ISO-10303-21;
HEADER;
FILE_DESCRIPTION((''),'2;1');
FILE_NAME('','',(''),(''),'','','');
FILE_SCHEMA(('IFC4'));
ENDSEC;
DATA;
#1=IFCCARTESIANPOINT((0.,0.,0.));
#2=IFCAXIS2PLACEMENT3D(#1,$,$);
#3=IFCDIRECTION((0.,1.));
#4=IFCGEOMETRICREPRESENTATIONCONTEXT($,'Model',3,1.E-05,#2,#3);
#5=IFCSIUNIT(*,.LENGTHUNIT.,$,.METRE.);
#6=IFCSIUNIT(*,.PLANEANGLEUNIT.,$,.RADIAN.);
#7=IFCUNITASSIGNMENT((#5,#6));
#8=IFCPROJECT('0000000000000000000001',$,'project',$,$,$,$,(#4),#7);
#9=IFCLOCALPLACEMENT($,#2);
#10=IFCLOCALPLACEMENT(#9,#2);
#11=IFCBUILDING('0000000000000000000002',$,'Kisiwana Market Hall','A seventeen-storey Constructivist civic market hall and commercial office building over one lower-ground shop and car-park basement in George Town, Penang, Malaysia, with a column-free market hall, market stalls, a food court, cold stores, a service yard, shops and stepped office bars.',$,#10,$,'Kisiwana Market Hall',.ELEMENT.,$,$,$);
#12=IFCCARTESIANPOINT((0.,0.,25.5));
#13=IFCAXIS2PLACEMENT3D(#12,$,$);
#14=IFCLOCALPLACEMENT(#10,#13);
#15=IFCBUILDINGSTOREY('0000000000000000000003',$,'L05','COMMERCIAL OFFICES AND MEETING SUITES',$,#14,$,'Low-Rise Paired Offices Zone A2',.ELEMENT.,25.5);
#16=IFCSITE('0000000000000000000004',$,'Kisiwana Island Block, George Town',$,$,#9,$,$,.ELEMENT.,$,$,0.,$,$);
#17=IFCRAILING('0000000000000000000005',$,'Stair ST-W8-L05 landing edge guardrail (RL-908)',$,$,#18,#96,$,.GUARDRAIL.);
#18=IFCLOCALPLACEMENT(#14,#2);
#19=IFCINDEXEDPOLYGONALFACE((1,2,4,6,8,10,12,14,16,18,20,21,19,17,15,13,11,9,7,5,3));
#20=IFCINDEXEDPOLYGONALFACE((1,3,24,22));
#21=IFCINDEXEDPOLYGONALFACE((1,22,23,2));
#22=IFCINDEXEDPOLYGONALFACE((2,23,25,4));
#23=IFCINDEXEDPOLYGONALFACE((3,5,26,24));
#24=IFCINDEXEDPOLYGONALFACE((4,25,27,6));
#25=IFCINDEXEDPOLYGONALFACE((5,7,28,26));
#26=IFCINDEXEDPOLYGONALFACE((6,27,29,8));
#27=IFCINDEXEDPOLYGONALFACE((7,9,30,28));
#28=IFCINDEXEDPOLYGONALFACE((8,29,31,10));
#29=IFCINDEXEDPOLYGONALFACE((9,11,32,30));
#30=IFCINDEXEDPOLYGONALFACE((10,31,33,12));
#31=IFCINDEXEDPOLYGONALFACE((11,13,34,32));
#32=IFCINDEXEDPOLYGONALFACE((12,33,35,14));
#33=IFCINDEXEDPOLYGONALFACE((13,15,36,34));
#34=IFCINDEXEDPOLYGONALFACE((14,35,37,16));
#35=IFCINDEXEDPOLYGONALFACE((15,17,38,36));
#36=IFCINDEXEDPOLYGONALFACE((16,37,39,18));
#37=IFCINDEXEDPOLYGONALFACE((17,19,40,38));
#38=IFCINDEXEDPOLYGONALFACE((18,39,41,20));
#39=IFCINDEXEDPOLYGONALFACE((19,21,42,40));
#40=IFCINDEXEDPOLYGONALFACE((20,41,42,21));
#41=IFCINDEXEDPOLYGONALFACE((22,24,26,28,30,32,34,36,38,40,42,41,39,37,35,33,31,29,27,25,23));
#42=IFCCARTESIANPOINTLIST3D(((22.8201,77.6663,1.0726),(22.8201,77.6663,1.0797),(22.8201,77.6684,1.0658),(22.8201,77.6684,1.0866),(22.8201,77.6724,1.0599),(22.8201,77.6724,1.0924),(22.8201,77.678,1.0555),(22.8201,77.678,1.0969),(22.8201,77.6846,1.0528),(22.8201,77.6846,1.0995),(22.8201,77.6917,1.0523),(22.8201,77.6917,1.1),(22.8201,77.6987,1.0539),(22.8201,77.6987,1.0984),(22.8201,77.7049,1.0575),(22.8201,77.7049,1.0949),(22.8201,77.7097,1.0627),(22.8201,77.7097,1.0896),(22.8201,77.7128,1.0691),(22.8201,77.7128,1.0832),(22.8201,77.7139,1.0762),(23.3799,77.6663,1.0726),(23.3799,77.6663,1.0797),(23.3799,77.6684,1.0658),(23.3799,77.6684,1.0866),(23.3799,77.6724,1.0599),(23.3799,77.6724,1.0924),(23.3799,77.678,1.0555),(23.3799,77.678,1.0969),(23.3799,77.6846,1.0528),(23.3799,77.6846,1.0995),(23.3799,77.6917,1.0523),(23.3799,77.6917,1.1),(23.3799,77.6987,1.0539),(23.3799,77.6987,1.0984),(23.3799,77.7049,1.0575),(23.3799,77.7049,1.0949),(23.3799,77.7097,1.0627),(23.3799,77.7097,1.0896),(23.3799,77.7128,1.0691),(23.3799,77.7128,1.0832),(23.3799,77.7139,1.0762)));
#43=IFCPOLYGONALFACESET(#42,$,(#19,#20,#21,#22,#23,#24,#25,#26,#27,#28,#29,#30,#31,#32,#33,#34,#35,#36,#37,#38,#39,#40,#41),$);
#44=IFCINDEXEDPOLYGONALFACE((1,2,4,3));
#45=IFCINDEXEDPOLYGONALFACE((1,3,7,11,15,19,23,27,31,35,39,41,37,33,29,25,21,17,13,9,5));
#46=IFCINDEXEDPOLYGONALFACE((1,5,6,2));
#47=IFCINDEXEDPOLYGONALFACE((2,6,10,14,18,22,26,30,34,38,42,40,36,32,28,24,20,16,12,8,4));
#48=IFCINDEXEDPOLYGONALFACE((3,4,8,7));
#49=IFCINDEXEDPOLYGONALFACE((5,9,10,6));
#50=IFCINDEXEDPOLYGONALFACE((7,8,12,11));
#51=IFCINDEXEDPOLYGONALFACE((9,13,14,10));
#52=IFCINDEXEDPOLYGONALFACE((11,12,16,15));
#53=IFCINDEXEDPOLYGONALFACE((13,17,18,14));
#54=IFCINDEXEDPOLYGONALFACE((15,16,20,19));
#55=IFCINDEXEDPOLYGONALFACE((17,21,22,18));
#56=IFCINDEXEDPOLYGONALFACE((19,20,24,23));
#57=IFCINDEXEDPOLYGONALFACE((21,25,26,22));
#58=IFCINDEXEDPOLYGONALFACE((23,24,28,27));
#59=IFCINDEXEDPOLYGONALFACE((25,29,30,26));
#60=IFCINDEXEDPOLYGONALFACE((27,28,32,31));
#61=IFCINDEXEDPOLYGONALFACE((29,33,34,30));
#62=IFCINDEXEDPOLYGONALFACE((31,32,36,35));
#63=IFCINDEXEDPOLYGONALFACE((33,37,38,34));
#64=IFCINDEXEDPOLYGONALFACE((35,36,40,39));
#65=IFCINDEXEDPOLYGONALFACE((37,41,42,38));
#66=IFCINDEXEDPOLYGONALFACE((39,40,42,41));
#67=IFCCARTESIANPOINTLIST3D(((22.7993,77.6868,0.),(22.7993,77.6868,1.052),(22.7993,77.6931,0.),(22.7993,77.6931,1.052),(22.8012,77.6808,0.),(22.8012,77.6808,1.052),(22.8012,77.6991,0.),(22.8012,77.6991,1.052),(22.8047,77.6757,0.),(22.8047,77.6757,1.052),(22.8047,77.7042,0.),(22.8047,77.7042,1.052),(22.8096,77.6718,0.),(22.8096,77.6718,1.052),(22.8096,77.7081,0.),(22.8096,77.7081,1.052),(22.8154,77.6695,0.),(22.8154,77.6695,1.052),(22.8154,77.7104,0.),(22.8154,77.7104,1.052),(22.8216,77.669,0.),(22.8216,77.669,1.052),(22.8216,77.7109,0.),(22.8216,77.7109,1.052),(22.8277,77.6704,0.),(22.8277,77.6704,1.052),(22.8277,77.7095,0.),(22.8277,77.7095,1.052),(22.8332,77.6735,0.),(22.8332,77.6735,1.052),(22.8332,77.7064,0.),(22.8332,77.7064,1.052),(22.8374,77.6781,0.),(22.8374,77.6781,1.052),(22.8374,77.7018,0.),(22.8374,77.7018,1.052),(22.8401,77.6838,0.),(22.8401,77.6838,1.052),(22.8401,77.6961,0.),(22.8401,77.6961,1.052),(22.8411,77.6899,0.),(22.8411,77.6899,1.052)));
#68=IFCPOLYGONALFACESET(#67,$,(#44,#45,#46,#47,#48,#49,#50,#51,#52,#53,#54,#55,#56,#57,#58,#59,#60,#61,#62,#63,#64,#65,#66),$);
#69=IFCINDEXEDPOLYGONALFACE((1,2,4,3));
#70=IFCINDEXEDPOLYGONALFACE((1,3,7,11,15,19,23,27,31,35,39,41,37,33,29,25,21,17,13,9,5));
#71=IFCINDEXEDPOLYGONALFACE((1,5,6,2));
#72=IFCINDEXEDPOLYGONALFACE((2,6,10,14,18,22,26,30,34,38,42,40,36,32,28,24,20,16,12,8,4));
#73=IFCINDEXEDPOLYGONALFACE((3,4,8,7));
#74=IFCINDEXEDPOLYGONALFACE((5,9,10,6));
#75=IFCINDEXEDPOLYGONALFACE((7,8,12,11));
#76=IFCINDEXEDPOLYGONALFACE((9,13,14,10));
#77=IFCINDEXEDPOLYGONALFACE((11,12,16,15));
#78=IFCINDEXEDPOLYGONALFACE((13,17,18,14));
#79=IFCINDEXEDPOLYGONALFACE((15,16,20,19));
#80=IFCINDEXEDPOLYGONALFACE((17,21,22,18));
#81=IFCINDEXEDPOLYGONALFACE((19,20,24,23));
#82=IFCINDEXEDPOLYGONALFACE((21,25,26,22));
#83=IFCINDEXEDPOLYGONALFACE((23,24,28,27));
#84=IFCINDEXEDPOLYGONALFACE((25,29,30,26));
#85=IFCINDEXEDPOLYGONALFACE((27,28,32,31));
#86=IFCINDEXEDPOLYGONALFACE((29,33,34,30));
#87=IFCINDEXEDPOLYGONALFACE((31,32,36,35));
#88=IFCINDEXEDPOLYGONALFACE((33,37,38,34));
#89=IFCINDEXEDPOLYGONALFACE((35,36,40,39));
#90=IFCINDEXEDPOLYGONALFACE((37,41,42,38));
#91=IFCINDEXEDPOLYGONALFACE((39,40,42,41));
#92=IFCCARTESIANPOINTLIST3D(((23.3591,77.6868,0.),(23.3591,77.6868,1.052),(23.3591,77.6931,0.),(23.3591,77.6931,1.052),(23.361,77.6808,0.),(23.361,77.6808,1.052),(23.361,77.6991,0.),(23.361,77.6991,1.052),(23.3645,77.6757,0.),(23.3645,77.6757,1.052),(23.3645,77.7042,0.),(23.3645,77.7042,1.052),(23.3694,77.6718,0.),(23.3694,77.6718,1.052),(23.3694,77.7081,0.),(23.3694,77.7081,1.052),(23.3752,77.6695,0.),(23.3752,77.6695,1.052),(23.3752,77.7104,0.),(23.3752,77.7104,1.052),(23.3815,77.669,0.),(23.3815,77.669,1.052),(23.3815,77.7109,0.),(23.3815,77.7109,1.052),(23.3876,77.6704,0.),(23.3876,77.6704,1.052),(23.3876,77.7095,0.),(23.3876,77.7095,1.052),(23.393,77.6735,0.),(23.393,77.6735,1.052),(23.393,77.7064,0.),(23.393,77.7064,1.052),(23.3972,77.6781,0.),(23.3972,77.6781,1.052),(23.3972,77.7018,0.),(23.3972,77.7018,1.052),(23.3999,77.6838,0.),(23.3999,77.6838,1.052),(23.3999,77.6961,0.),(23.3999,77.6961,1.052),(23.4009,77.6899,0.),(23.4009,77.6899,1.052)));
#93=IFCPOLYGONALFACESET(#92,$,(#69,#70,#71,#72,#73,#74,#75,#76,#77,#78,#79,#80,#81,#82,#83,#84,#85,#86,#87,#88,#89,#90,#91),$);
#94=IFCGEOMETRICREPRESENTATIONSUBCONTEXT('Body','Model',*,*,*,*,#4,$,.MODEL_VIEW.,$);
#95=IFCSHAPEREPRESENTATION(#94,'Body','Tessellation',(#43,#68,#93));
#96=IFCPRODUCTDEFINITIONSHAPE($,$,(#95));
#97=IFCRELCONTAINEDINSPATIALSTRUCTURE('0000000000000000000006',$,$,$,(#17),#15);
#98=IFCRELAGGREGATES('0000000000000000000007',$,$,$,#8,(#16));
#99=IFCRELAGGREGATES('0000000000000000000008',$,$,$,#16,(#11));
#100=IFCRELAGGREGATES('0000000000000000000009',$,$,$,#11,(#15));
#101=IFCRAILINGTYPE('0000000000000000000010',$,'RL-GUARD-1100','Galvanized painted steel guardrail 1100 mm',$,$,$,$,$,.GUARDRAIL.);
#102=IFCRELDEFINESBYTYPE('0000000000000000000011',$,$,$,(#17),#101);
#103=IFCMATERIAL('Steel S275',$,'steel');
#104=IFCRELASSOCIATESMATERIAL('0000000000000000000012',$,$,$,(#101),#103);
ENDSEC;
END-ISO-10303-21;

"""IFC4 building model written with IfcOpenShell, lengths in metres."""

from ifc_helpers import new_model, si_unit, direction, frame, origin, origin_2d, place, context, subcontext, project, spatial, circle, extrude, material, type_object, element, save


model = new_model("IFC4")

# Units and contexts
model_context = context("Model", 3, precision=1e-05, world=origin(), true_north=direction((0.0, 1.0)))
body_context = subcontext(model_context, "Body", "Model", "MODEL_VIEW")
ifc_project = project(units=[si_unit("LENGTHUNIT", "METRE"), si_unit("PLANEANGLEUNIT", "RADIAN")], contexts=[model_context])

# Site, building, storey
site_placement = place(None, origin())
site = spatial("IfcSite", under=ifc_project, at=site_placement, Name="Kisiwana Island Block, George Town", CompositionType="ELEMENT", RefElevation=0.0)
building_placement = place(site_placement, origin())
building = spatial("IfcBuilding", under=site, at=building_placement, Name="Kisiwana Market Hall", Description="A seventeen-storey Constructivist civic market hall and commercial office building over one lower-ground shop and car-park basement in George Town, Penang, Malaysia, with a column-free market hall, market stalls, a food court, cold stores, a service yard, shops and stepped office bars.", LongName="Kisiwana Market Hall", CompositionType="ELEMENT")
storey_placement = place(building_placement, frame((0.0, 0.0, 25.5)))
storey = spatial("IfcBuildingStorey", under=building, at=storey_placement, Name="L05", Description="COMMERCIAL OFFICES AND MEETING SUITES", LongName="Low-Rise Paired Offices Zone A2", CompositionType="ELEMENT", Elevation=25.5)

# Railing
ifc_material_1 = material(Name="Steel S275", Category="steel")
railing_type_1 = type_object("IfcRailingType", Name="RL-GUARD-1100", Description="Galvanized painted steel guardrail 1100 mm", PredefinedType="GUARDRAIL", material=ifc_material_1)
railing_1_placement = place(storey_placement, frame((22.8201, 77.6899, 0.0)))
element("IfcRailing", 1, at=railing_1_placement, inside=storey, type_object=railing_type_1, Name="Stair ST-W8-L05 landing edge guardrail (RL-908)", PredefinedType="GUARDRAIL", context=body_context, shape_type="SweptSolid", body=[
    extrude(circle(Radius=0.0239, at=origin_2d()), frame((0.0, 0.0, 1.0762), z_axis=(1.0, 0.0, 0.0), x_axis=(0.0, 1.0, 0.0)), (0.0, 0.0, 1.0), 0.5598),
    extrude(circle(Radius=0.021, at=origin_2d()), origin(), (0.0, 0.0, 1.0), 1.052),
    extrude(circle(Radius=0.021, at=origin_2d()), frame((0.5598, 0.0, 0.0)), (0.0, 0.0, 1.0), 1.052),
])

save(model, "model.ifc")
